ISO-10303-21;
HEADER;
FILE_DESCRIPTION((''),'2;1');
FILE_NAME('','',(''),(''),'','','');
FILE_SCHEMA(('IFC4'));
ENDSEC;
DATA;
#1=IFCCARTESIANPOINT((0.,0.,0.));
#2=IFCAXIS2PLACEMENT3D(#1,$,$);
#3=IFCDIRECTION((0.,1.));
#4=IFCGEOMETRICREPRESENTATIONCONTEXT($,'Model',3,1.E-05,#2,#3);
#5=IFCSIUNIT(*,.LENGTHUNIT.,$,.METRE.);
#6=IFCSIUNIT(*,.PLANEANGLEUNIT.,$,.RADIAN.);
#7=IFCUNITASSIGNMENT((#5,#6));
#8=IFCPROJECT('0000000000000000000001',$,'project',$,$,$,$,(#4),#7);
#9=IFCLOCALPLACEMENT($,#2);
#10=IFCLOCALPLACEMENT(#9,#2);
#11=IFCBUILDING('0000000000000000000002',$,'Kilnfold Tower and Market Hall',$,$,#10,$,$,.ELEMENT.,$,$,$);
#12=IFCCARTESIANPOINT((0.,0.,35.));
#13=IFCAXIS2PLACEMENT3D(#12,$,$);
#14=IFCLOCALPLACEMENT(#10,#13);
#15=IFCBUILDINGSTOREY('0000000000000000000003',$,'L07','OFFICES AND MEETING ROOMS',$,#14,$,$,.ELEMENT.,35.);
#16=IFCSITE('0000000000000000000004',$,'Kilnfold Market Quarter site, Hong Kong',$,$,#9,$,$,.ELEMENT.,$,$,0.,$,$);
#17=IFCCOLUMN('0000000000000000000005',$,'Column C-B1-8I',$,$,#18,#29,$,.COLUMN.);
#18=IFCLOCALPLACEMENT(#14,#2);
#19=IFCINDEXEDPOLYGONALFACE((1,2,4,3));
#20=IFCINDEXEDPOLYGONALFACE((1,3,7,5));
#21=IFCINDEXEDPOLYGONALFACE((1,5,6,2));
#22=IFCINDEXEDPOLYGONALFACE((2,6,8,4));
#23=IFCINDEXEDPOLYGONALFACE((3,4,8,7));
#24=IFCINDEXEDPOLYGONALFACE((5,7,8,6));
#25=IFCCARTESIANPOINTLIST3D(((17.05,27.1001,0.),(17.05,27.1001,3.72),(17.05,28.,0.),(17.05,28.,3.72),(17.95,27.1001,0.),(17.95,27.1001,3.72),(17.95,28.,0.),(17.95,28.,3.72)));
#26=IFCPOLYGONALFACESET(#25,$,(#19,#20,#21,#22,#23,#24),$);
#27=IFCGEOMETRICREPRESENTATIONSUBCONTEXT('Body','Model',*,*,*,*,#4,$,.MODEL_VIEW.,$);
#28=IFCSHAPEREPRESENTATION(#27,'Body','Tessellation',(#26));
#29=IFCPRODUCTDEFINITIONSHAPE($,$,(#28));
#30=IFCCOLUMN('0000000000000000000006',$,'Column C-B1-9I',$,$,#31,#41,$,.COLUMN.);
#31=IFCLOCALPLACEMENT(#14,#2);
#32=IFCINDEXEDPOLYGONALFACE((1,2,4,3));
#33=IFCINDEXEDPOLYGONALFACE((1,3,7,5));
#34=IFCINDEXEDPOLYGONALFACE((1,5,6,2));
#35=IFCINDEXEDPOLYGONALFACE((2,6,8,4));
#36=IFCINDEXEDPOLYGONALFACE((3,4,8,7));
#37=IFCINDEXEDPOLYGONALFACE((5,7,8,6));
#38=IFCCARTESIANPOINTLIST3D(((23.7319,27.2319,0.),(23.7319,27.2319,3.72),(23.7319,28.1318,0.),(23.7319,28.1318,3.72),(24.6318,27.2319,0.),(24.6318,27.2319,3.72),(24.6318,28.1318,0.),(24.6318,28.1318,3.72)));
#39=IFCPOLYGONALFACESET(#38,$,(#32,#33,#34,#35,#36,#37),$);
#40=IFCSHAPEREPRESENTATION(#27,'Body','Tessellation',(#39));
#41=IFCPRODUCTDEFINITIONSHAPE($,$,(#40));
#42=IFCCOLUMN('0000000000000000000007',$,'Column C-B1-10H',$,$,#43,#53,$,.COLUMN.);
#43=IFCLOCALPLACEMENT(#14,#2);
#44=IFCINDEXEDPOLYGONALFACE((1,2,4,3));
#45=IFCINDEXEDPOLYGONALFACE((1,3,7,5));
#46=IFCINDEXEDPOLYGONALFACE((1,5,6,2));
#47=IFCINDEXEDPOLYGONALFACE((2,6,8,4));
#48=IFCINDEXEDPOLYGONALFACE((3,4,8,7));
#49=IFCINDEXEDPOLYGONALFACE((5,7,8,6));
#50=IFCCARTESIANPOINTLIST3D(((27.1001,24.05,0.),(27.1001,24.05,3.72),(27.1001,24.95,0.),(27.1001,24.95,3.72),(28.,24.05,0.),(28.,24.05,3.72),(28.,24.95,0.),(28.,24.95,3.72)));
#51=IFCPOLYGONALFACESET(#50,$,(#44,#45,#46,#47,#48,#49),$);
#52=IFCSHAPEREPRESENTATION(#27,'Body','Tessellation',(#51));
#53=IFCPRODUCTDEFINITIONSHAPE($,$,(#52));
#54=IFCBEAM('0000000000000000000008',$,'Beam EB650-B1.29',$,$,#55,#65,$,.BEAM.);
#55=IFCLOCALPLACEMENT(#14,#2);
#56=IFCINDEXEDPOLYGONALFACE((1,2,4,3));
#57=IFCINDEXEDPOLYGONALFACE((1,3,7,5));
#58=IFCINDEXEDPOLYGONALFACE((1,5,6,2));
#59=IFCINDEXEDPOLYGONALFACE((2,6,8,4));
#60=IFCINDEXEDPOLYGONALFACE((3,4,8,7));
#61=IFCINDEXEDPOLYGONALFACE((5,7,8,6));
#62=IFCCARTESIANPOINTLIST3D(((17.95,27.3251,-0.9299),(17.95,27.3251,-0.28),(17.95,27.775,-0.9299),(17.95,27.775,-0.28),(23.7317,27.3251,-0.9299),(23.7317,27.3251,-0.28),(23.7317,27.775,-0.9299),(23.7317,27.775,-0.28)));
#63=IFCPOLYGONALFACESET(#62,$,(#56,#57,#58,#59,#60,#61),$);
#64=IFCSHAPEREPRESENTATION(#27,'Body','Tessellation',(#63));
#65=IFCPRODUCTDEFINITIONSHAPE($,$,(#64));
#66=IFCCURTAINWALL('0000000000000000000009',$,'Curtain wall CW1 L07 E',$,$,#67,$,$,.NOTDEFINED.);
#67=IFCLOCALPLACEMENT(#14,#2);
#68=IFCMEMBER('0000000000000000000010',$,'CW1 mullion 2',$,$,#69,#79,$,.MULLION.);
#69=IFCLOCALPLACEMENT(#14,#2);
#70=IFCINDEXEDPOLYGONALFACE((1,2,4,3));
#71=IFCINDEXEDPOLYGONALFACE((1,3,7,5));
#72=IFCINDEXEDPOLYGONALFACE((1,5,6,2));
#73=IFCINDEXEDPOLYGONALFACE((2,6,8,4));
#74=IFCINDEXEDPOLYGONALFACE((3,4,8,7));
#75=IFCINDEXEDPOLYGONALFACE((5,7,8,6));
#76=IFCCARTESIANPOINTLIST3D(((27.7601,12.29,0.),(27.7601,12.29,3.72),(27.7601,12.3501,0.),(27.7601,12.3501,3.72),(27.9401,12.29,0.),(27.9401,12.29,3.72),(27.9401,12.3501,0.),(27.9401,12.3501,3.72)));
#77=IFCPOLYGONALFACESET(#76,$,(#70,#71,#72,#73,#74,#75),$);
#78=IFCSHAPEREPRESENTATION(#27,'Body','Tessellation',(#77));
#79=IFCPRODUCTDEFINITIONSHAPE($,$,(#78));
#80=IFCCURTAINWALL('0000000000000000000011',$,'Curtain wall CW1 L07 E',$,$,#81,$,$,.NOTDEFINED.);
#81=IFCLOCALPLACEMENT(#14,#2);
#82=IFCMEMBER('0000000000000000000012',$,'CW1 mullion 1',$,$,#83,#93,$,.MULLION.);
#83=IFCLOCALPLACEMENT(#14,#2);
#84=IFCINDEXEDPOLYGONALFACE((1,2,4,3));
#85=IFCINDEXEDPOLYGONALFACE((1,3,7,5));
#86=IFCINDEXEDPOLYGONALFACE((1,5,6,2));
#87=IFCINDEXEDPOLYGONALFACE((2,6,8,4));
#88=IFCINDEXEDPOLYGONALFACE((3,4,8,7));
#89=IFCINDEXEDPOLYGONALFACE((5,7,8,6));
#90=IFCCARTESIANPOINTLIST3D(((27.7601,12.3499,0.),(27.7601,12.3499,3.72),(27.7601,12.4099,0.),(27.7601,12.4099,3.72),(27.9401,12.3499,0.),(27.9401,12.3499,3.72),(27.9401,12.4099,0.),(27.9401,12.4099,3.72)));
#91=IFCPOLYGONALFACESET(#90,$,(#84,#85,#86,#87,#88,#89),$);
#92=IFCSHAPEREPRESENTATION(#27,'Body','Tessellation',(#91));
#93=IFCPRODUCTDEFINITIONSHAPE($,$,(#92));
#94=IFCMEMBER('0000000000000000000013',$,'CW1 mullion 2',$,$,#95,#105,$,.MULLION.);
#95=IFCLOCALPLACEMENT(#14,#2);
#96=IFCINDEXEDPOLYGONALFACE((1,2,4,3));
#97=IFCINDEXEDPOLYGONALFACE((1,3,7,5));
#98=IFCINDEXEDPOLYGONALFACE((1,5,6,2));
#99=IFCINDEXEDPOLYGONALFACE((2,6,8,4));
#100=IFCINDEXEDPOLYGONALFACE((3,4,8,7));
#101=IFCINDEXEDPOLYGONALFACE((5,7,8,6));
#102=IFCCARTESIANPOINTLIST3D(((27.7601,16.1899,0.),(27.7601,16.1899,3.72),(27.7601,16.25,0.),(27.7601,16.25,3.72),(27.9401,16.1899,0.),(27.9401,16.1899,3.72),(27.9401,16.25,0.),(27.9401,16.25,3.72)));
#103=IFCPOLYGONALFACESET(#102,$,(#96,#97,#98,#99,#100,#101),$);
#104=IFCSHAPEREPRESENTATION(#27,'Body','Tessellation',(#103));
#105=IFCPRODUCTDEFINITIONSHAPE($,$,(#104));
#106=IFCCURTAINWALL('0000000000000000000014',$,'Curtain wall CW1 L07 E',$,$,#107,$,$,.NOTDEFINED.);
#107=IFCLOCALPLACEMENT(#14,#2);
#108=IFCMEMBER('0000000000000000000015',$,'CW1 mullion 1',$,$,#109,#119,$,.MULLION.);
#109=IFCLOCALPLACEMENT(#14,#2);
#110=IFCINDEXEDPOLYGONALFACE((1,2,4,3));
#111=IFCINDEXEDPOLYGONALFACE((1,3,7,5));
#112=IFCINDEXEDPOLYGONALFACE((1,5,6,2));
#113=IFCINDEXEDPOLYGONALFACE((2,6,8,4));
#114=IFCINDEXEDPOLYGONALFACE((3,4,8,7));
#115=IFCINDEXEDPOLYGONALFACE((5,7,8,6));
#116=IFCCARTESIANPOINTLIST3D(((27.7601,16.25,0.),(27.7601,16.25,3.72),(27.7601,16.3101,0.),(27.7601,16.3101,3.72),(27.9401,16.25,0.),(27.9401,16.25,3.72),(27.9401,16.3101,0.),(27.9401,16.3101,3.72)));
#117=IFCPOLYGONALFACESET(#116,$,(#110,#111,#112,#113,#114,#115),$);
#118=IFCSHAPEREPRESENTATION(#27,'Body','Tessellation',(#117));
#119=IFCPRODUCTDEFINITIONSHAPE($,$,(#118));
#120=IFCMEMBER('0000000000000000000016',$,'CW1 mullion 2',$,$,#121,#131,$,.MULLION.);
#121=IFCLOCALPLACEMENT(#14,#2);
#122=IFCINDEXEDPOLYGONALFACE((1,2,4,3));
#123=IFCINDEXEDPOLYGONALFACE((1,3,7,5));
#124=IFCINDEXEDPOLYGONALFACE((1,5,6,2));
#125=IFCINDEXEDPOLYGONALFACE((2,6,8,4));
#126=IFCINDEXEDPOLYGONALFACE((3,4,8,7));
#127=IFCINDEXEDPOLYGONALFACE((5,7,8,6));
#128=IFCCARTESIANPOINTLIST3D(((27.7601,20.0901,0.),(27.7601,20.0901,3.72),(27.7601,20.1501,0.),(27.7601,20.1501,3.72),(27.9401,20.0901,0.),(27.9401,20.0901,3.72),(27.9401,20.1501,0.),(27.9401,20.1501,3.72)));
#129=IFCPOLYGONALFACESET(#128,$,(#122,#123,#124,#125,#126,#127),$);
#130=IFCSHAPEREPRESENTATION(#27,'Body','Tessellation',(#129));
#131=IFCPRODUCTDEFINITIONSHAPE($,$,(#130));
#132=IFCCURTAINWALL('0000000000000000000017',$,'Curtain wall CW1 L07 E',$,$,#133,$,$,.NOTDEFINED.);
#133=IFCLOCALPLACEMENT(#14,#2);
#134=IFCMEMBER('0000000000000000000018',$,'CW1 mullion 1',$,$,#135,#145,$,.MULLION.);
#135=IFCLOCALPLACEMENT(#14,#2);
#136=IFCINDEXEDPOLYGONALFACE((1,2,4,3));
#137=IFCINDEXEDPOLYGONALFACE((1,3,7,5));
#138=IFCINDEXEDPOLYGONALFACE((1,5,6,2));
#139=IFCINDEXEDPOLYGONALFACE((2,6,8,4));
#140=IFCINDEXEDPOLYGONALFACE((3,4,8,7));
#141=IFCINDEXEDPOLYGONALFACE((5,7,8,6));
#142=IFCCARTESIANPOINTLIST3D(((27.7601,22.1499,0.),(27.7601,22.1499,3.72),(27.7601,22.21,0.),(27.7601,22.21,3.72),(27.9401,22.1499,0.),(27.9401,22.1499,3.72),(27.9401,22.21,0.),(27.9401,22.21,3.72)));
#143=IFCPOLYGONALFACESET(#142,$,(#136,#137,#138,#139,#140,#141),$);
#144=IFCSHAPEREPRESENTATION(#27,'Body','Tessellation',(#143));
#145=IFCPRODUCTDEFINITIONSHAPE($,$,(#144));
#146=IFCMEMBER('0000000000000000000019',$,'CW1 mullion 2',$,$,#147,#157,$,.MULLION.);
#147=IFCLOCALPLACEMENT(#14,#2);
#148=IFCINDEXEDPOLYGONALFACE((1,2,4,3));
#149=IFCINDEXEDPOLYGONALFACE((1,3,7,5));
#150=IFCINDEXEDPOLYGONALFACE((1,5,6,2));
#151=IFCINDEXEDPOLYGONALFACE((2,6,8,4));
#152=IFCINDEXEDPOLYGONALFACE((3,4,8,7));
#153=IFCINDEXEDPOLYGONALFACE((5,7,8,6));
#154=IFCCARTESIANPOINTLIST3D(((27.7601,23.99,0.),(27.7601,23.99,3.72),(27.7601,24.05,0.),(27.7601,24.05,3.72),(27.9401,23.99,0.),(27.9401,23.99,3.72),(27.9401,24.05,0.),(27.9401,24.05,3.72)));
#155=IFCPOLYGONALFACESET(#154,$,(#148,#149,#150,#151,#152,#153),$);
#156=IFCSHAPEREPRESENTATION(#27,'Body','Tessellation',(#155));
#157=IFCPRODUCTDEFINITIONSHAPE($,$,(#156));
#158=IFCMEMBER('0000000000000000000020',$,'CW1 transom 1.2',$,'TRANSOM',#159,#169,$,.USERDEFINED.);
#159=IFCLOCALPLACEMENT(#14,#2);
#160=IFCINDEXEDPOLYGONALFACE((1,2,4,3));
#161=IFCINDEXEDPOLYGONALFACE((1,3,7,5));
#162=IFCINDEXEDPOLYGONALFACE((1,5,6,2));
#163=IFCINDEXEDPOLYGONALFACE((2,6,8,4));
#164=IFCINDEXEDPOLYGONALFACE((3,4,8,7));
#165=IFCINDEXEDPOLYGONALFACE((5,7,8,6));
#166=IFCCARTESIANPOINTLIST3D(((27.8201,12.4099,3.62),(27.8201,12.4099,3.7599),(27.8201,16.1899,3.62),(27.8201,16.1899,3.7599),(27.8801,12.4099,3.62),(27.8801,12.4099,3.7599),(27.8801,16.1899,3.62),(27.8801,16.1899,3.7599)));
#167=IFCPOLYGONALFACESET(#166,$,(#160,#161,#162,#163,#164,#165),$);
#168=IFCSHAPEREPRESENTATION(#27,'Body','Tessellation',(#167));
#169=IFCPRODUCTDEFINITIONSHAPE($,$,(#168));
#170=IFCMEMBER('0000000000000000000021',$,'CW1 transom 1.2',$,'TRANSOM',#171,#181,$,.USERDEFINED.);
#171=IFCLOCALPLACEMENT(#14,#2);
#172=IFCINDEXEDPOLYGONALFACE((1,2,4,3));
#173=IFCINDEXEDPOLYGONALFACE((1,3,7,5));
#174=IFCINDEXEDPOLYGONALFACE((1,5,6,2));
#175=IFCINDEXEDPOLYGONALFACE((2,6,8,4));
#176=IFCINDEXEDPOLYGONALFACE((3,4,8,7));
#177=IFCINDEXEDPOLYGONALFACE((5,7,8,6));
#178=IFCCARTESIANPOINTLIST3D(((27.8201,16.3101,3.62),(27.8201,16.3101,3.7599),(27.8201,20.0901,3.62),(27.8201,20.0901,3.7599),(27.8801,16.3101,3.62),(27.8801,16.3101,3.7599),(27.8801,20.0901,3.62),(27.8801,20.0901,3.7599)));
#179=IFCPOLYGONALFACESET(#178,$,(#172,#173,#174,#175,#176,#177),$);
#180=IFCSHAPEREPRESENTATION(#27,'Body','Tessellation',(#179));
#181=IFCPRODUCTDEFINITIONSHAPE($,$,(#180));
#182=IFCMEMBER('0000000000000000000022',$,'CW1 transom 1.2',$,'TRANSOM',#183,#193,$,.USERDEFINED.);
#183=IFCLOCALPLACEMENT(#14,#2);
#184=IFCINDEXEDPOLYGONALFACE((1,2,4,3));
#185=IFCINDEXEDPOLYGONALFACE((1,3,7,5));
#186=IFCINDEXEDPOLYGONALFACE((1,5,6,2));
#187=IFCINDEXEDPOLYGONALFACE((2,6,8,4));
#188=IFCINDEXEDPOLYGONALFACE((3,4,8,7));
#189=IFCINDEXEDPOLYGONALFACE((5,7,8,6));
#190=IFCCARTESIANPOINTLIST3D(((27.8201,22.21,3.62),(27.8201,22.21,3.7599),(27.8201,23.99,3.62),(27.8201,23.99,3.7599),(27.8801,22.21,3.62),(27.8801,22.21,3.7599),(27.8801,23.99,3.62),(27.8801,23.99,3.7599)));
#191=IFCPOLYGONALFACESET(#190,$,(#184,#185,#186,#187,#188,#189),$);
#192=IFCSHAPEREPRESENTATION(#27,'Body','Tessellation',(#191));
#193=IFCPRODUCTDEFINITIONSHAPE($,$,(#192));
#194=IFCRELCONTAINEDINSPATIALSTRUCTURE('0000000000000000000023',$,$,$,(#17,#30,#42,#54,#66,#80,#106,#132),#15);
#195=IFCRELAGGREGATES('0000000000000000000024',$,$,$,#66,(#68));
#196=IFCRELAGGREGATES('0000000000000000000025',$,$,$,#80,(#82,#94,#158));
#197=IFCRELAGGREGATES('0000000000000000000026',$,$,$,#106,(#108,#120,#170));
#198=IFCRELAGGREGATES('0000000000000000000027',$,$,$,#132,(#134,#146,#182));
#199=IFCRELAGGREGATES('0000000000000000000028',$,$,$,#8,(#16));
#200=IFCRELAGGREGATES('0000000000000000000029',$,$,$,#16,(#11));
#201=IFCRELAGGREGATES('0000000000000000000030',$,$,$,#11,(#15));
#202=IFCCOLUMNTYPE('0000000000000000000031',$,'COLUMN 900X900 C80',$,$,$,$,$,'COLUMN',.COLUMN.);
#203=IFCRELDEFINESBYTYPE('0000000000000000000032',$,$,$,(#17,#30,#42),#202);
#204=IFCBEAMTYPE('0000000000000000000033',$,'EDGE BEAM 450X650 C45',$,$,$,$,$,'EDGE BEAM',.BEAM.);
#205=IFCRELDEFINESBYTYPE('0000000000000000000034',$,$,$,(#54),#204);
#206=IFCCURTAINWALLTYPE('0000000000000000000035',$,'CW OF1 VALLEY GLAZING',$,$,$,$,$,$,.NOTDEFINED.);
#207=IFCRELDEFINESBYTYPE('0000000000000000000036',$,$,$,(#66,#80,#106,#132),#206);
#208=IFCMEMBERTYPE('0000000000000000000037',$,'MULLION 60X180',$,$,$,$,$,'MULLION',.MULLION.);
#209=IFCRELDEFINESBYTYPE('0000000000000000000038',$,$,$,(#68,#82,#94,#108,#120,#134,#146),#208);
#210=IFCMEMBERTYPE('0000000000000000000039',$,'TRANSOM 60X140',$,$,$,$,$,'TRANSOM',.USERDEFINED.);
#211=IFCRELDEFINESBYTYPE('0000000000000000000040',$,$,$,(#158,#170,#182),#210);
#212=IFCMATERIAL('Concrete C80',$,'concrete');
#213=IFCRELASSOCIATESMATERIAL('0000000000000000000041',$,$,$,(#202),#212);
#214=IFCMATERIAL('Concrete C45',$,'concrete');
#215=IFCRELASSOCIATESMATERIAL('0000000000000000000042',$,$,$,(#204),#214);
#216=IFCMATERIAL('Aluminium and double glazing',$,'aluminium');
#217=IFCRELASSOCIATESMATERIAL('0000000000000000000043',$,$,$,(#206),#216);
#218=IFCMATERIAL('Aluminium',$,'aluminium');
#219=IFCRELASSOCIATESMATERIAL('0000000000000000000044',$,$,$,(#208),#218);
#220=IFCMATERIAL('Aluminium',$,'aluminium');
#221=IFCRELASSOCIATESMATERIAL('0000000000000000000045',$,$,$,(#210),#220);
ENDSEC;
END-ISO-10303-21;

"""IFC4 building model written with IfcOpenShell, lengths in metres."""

from ifc_helpers import new_model, si_unit, direction, frame, origin, origin_2d, place, context, subcontext, project, spatial, rectangle, extrude, source, transform, mapped, material, material_profile, profile_set, type_object, element, aggregate, save


model = new_model("IFC4")

# Units and contexts
model_context = context("Model", 3, precision=1e-05, world=origin(), true_north=direction((0.0, 1.0)))
body_context = subcontext(model_context, "Body", "Model", "MODEL_VIEW")
ifc_project = project(units=[si_unit("LENGTHUNIT", "METRE"), si_unit("PLANEANGLEUNIT", "RADIAN")], contexts=[model_context])

# Site, building, storey
site_placement = place(None, origin())
site = spatial("IfcSite", under=ifc_project, at=site_placement, Name="Kilnfold Market Quarter site, Hong Kong", CompositionType="ELEMENT", RefElevation=0.0)
building_placement = place(site_placement, origin())
building = spatial("IfcBuilding", under=site, at=building_placement, Name="Kilnfold Tower and Market Hall", CompositionType="ELEMENT")
storey_placement = place(building_placement, frame((0.0, 0.0, 35.0)))
storey = spatial("IfcBuildingStorey", under=building, at=storey_placement, Name="L07", Description="OFFICES AND MEETING ROOMS", CompositionType="ELEMENT", Elevation=35.0)

# Columns
ifc_material_1 = material(Name="Concrete C80", Category="concrete")
ifc_material_profile_1 = material_profile(ifc_material_1, rectangle(XDim=0.8999, YDim=0.8999, at=origin_2d()), Name="RC 900x900")
ifc_profile_set_1 = profile_set([ifc_material_profile_1], Name="Concrete C80")
column_type = type_object("IfcColumnType", Name="COLUMN 900X900 C80", ElementType="COLUMN", PredefinedType="COLUMN", material=ifc_profile_set_1)
shared_shape_1 = source(origin(), body_context, "Body", "SweptSolid", [
    extrude(rectangle(XDim=0.8999, YDim=0.8999, at=origin_2d()), origin(), (0.0, 0.0, 1.0), 3.72),
])
for number, where, z_axis, x_axis, name in (
    (1, (17.5, 27.55, 0.0), (0.0, 0.0, 1.0), (1.0, 0.0, 0.0), "Column C-B1-8I"),
    (2, (24.1819, 27.6819, 0.0), (0.0, 0.0, 1.0), (1.0, 0.0, 0.0), "Column C-B1-9I"),
    (3, (27.55, 24.5, 0.0), (0.0, 0.0, 1.0), (1.0, 0.0, 0.0), "Column C-B1-10H"),
):
    element("IfcColumn", number, at=place(storey_placement, frame(where, z_axis=z_axis, x_axis=x_axis)), inside=storey, type_object=column_type, Name=name, PredefinedType="COLUMN", context=body_context, shape_type="MappedRepresentation", body=[
        mapped(shared_shape_1, transform((0.0, 0.0, 0.0))),
    ])

# Beam
ifc_material_2 = material(Name="Concrete C45", Category="concrete")
ifc_material_profile_2 = material_profile(ifc_material_2, rectangle(XDim=0.45, YDim=0.6499, at=origin_2d()), Name="RC 450x650")
ifc_profile_set_2 = profile_set([ifc_material_profile_2], Name="Concrete C45")
beam_type = type_object("IfcBeamType", Name="EDGE BEAM 450X650 C45", ElementType="EDGE BEAM", PredefinedType="BEAM", material=ifc_profile_set_2)
shared_shape_2 = source(origin(), body_context, "Body", "SweptSolid", [
    extrude(rectangle(XDim=0.45, YDim=0.6499, at=origin_2d()), origin(), (0.0, 0.0, 1.0), 5.7817),
])
beam_placement = place(storey_placement, frame((17.95, 27.55, -0.605), z_axis=(1.0, 0.0, 0.0), x_axis=(0.0, 1.0, 0.0)))
element("IfcBeam", 4, at=beam_placement, inside=storey, type_object=beam_type, Name="Beam EB650-B1.29", PredefinedType="BEAM", context=body_context, shape_type="MappedRepresentation", body=[
    mapped(shared_shape_2, transform((0.0, 0.0, 0.0))),
])

# Curtain wall, member
ifc_material_3 = material(Name="Aluminium and double glazing", Category="aluminium")
curtain_wall_type = type_object("IfcCurtainWallType", Name="CW OF1 VALLEY GLAZING", PredefinedType="NOTDEFINED", material=ifc_material_3)
curtain_wall_1_placement = place(storey_placement, origin())
curtain_wall_1 = element("IfcCurtainWall", 5, at=curtain_wall_1_placement, inside=storey, type_object=curtain_wall_type, Name="Curtain wall CW1 L07 E", PredefinedType="NOTDEFINED")
ifc_material_4 = material(Name="Aluminium", Category="aluminium")
ifc_material_profile_3 = material_profile(ifc_material_4, rectangle(XDim=0.0601, YDim=0.1799, at=origin_2d()), Name="MULLION 60x180")
ifc_profile_set_3 = profile_set([ifc_material_profile_3], Name="Aluminium")
member_type_1 = type_object("IfcMemberType", Name="MULLION 60X180", ElementType="MULLION", PredefinedType="MULLION", material=ifc_profile_set_3)
shared_shape_3 = source(origin(), body_context, "Body", "SweptSolid", [
    extrude(rectangle(XDim=0.0601, YDim=0.1799, at=origin_2d()), origin(), (0.0, 0.0, 1.0), 3.72),
])
member_1_placement = place(storey_placement, frame((27.8501, 12.3201, 0.0), z_axis=(0.0, 0.0, 1.0), x_axis=(0.0, 1.0, 0.0)))
member_1 = element("IfcMember", 6, at=member_1_placement, type_object=member_type_1, Name="CW1 mullion 2", PredefinedType="MULLION", context=body_context, shape_type="MappedRepresentation", body=[
    mapped(shared_shape_3, transform((0.0, 0.0, 0.0))),
])
aggregate(curtain_wall_1, [member_1])

# Curtain walls, members
curtain_wall_2_placement = place(storey_placement, origin())
curtain_wall_2 = element("IfcCurtainWall", 7, at=curtain_wall_2_placement, inside=storey, type_object=curtain_wall_type, Name="Curtain wall CW1 L07 E", PredefinedType="NOTDEFINED")
member_2_placement = place(storey_placement, frame((27.8501, 12.3799, 0.0), z_axis=(0.0, 0.0, 1.0), x_axis=(0.0, 1.0, 0.0)))
member_2 = element("IfcMember", 8, at=member_2_placement, type_object=member_type_1, Name="CW1 mullion 1", PredefinedType="MULLION", context=body_context, shape_type="MappedRepresentation", body=[
    mapped(shared_shape_3, transform((0.0, 0.0, 0.0))),
])
member_3_placement = place(storey_placement, frame((27.8501, 16.22, 0.0), z_axis=(0.0, 0.0, 1.0), x_axis=(0.0, 1.0, 0.0)))
member_3 = element("IfcMember", 9, at=member_3_placement, type_object=member_type_1, Name="CW1 mullion 2", PredefinedType="MULLION", context=body_context, shape_type="MappedRepresentation", body=[
    mapped(shared_shape_3, transform((0.0, 0.0, 0.0))),
])
curtain_wall_3_placement = place(storey_placement, origin())
curtain_wall_3 = element("IfcCurtainWall", 10, at=curtain_wall_3_placement, inside=storey, type_object=curtain_wall_type, Name="Curtain wall CW1 L07 E", PredefinedType="NOTDEFINED")
member_4_placement = place(storey_placement, frame((27.8501, 16.28, 0.0), z_axis=(0.0, 0.0, 1.0), x_axis=(0.0, 1.0, 0.0)))
member_4 = element("IfcMember", 11, at=member_4_placement, type_object=member_type_1, Name="CW1 mullion 1", PredefinedType="MULLION", context=body_context, shape_type="MappedRepresentation", body=[
    mapped(shared_shape_3, transform((0.0, 0.0, 0.0))),
])
member_5_placement = place(storey_placement, frame((27.8501, 20.1201, 0.0), z_axis=(0.0, 0.0, 1.0), x_axis=(0.0, 1.0, 0.0)))
member_5 = element("IfcMember", 12, at=member_5_placement, type_object=member_type_1, Name="CW1 mullion 2", PredefinedType="MULLION", context=body_context, shape_type="MappedRepresentation", body=[
    mapped(shared_shape_3, transform((0.0, 0.0, 0.0))),
])
curtain_wall_4_placement = place(storey_placement, origin())
curtain_wall_4 = element("IfcCurtainWall", 13, at=curtain_wall_4_placement, inside=storey, type_object=curtain_wall_type, Name="Curtain wall CW1 L07 E", PredefinedType="NOTDEFINED")
member_6_placement = place(storey_placement, frame((27.8501, 22.1799, 0.0), z_axis=(0.0, 0.0, 1.0), x_axis=(0.0, 1.0, 0.0)))
member_6 = element("IfcMember", 14, at=member_6_placement, type_object=member_type_1, Name="CW1 mullion 1", PredefinedType="MULLION", context=body_context, shape_type="MappedRepresentation", body=[
    mapped(shared_shape_3, transform((0.0, 0.0, 0.0))),
])
member_7_placement = place(storey_placement, frame((27.8501, 24.02, 0.0), z_axis=(0.0, 0.0, 1.0), x_axis=(0.0, 1.0, 0.0)))
member_7 = element("IfcMember", 15, at=member_7_placement, type_object=member_type_1, Name="CW1 mullion 2", PredefinedType="MULLION", context=body_context, shape_type="MappedRepresentation", body=[
    mapped(shared_shape_3, transform((0.0, 0.0, 0.0))),
])

# Members
ifc_material_5 = material(Name="Aluminium", Category="aluminium")
ifc_material_profile_4 = material_profile(ifc_material_5, rectangle(XDim=0.0601, YDim=0.1399, at=origin_2d()), Name="TRANSOM 60x140")
ifc_profile_set_4 = profile_set([ifc_material_profile_4], Name="Aluminium")
member_type_2 = type_object("IfcMemberType", Name="TRANSOM 60X140", ElementType="TRANSOM", PredefinedType="USERDEFINED", material=ifc_profile_set_4)
shared_shape_4 = source(origin(), body_context, "Body", "SweptSolid", [
    extrude(rectangle(XDim=0.0601, YDim=0.1399, at=origin_2d()), origin(), (0.0, 0.0, 1.0), 3.78),
])
member_8_placement = place(storey_placement, frame((27.8501, 12.4099, 3.6899), z_axis=(0.0, 1.0, 0.0), x_axis=(-1.0, 0.0, 0.0)))
member_8 = element("IfcMember", 16, at=member_8_placement, type_object=member_type_2, Name="CW1 transom 1.2", ObjectType="TRANSOM", PredefinedType="USERDEFINED", context=body_context, shape_type="MappedRepresentation", body=[
    mapped(shared_shape_4, transform((0.0, 0.0, 0.0))),
])
member_9_placement = place(storey_placement, frame((27.8501, 16.3101, 3.6899), z_axis=(0.0, 1.0, 0.0), x_axis=(-1.0, 0.0, 0.0)))
member_9 = element("IfcMember", 17, at=member_9_placement, type_object=member_type_2, Name="CW1 transom 1.2", ObjectType="TRANSOM", PredefinedType="USERDEFINED", context=body_context, shape_type="MappedRepresentation", body=[
    mapped(shared_shape_4, transform((0.0, 0.0, 0.0))),
])
shared_shape_5 = source(origin(), body_context, "Body", "SweptSolid", [
    extrude(rectangle(XDim=0.0601, YDim=0.1399, at=origin_2d()), origin(), (0.0, 0.0, 1.0), 1.78),
])
member_10_placement = place(storey_placement, frame((27.8501, 22.21, 3.6899), z_axis=(0.0, 1.0, 0.0), x_axis=(-1.0, 0.0, 0.0)))
member_10 = element("IfcMember", 18, at=member_10_placement, type_object=member_type_2, Name="CW1 transom 1.2", ObjectType="TRANSOM", PredefinedType="USERDEFINED", context=body_context, shape_type="MappedRepresentation", body=[
    mapped(shared_shape_5, transform((0.0, 0.0, 0.0))),
])

aggregate(curtain_wall_2, [member_2, member_3, member_8])
aggregate(curtain_wall_3, [member_4, member_5, member_9])
aggregate(curtain_wall_4, [member_6, member_7, member_10])

save(model, "model.ifc")
